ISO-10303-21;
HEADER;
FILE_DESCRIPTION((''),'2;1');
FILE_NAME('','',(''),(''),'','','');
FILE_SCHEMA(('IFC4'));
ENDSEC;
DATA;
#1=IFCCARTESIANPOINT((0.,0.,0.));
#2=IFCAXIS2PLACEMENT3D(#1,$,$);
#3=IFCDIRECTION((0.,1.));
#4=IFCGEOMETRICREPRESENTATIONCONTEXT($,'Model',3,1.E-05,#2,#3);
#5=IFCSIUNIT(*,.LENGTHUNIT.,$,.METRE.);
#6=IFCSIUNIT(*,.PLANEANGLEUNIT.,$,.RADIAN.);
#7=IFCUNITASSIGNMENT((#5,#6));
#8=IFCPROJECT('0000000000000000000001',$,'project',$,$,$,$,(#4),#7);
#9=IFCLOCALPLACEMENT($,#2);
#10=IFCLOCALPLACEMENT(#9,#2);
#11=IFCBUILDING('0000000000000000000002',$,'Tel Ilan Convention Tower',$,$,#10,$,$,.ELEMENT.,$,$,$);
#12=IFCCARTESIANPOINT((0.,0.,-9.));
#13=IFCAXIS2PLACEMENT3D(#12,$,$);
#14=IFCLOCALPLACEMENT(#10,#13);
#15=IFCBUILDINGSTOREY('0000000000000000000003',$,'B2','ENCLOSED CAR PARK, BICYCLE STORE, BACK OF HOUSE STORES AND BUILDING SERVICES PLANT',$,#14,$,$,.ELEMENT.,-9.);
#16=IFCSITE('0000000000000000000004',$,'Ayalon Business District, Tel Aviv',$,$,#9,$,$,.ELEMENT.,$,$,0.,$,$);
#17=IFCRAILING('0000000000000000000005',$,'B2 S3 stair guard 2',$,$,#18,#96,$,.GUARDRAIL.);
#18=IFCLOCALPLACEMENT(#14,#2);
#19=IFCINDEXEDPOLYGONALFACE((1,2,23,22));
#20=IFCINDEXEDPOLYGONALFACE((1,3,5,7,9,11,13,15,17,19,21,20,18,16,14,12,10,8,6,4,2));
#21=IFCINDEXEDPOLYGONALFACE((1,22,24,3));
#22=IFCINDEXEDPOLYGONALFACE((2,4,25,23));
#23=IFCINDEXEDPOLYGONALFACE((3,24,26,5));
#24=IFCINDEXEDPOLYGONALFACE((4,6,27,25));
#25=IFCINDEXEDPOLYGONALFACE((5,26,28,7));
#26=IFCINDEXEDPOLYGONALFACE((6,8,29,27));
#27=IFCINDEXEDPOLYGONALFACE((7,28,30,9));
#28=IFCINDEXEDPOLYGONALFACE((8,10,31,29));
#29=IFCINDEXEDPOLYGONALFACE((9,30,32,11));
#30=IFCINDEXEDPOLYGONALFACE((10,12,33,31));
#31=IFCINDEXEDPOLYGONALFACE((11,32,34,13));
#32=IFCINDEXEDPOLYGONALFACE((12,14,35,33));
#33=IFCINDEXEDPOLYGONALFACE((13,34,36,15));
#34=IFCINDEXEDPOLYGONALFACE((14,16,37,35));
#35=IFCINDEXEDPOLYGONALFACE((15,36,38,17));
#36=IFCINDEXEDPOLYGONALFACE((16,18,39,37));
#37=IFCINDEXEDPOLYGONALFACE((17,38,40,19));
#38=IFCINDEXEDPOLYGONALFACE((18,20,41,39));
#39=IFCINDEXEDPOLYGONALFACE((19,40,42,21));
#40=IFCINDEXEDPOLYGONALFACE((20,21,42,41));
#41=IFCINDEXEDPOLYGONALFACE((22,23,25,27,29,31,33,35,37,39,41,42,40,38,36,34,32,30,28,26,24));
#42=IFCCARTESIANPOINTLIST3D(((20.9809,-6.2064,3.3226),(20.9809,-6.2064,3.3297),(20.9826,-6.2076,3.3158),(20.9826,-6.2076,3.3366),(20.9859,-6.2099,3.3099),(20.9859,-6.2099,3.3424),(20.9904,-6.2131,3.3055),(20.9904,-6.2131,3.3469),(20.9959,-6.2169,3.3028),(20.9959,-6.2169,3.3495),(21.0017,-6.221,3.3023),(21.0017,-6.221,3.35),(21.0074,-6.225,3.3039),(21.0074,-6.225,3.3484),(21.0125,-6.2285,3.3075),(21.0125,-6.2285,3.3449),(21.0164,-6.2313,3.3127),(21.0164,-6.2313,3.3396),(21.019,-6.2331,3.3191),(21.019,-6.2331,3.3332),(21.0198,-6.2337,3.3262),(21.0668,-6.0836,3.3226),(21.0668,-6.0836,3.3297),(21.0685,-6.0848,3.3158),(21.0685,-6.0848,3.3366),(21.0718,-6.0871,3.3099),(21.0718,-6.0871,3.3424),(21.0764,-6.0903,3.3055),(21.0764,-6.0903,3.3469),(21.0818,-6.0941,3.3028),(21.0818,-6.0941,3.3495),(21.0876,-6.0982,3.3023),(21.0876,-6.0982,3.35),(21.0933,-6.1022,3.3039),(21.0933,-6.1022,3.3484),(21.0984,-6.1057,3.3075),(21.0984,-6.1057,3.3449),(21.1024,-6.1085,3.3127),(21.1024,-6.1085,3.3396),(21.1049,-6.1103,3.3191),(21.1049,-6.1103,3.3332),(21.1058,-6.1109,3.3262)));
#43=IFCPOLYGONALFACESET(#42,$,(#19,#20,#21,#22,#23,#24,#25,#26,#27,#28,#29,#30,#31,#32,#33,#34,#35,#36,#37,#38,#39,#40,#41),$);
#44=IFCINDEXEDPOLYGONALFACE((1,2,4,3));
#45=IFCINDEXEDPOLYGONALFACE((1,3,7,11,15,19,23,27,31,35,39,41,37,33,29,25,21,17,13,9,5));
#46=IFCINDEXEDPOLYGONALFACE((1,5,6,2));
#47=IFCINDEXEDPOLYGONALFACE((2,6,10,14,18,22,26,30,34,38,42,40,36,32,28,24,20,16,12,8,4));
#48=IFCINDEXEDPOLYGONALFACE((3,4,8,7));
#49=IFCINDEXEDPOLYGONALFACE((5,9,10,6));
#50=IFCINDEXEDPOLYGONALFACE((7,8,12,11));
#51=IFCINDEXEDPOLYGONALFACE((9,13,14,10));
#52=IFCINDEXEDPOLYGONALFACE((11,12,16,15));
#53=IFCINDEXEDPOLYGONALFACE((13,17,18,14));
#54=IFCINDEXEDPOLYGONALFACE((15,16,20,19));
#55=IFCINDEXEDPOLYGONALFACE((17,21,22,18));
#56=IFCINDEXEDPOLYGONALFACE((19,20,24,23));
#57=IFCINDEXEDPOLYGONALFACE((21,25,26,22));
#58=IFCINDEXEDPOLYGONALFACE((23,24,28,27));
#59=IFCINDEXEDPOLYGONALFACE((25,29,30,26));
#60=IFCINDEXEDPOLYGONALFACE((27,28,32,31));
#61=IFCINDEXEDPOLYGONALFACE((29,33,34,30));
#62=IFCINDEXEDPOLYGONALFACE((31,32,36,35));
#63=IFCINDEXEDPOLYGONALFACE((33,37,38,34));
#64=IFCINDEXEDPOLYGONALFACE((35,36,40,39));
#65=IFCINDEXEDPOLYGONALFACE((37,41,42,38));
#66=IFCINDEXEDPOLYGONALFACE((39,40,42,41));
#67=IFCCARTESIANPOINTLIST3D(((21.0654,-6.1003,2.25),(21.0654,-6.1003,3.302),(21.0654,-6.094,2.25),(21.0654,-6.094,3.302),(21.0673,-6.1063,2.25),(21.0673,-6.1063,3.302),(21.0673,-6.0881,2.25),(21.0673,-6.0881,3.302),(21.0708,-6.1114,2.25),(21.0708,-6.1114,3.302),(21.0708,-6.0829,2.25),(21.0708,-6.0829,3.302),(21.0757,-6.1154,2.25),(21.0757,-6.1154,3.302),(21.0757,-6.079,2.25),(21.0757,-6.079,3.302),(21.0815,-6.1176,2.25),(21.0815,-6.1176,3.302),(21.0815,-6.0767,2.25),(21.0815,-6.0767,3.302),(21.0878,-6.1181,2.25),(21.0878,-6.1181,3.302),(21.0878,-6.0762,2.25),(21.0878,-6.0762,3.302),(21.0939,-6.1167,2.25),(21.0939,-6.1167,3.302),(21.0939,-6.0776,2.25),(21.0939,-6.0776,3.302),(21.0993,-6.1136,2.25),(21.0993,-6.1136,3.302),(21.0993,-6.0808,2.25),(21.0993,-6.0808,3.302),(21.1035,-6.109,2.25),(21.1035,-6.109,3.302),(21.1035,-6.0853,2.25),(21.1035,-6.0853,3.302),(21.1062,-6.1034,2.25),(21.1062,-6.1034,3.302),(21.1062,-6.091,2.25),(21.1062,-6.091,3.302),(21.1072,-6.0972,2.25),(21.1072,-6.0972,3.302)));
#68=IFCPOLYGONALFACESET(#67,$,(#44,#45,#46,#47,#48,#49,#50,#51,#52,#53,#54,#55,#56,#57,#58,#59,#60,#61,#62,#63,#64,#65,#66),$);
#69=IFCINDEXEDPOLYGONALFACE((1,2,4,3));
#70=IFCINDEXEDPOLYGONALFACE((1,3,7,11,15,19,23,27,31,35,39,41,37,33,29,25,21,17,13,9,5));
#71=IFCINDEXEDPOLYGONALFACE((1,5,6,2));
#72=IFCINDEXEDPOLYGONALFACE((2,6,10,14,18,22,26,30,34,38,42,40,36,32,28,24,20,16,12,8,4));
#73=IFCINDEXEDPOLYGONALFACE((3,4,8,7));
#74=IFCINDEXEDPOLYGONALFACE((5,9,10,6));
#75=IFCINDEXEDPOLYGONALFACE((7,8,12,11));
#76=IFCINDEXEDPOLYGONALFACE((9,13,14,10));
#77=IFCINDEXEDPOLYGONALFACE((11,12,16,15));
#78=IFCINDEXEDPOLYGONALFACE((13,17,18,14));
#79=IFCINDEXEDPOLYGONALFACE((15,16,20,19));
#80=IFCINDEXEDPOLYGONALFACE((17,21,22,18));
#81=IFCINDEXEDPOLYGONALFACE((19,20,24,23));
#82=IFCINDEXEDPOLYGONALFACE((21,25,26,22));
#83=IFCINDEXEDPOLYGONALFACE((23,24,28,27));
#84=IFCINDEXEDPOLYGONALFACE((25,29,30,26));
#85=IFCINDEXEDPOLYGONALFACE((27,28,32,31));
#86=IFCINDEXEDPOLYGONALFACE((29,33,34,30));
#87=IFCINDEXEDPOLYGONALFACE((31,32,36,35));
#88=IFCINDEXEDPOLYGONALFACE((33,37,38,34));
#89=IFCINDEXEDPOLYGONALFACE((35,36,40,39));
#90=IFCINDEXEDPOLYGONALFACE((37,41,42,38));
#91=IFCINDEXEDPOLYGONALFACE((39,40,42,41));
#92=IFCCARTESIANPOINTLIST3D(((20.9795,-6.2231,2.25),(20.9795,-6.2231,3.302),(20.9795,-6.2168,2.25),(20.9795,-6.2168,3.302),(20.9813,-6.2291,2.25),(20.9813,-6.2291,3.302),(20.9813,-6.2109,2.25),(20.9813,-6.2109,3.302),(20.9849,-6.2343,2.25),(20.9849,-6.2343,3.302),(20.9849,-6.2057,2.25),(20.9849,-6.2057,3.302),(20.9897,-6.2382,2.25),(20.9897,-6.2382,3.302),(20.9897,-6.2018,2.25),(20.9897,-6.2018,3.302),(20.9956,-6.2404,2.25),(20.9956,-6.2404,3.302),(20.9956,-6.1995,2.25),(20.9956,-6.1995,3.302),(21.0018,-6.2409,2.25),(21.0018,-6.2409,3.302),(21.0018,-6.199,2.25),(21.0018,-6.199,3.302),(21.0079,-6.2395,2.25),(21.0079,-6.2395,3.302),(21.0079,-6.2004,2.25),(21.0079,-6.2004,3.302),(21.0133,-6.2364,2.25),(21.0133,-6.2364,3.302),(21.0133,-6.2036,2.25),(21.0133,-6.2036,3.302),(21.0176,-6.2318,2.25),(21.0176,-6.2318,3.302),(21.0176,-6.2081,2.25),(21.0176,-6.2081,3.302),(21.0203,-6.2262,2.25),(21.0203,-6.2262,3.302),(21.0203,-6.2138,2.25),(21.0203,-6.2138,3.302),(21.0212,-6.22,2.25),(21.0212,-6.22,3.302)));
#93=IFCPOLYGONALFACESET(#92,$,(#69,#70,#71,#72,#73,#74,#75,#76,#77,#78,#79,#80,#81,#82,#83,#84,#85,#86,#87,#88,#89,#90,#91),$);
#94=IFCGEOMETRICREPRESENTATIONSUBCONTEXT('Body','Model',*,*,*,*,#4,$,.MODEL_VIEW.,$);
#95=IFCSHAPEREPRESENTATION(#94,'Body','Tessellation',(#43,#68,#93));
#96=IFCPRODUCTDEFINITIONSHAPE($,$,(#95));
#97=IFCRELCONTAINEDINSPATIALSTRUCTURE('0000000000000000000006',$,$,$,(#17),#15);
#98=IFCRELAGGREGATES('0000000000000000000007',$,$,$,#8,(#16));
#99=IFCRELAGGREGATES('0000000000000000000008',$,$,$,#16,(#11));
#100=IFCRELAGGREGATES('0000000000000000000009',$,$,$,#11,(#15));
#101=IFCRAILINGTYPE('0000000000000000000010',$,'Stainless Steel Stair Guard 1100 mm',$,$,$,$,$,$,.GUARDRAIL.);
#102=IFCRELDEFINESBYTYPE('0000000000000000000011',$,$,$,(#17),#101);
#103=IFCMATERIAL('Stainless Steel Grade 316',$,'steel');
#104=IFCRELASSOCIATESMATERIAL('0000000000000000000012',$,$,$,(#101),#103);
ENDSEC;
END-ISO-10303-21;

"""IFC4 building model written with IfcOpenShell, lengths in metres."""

from ifc_helpers import new_model, si_unit, direction, frame, origin, origin_2d, place, context, subcontext, project, spatial, circle, extrude, material, type_object, element, save


model = new_model("IFC4")

# Units and contexts
model_context = context("Model", 3, precision=1e-05, world=origin(), true_north=direction((0.0, 1.0)))
body_context = subcontext(model_context, "Body", "Model", "MODEL_VIEW")
ifc_project = project(units=[si_unit("LENGTHUNIT", "METRE"), si_unit("PLANEANGLEUNIT", "RADIAN")], contexts=[model_context])

# Site, building, storey
site_placement = place(None, origin())
site = spatial("IfcSite", under=ifc_project, at=site_placement, Name="Ayalon Business District, Tel Aviv", CompositionType="ELEMENT", RefElevation=0.0)
building_placement = place(site_placement, origin())
building = spatial("IfcBuilding", under=site, at=building_placement, Name="Tel Ilan Convention Tower", CompositionType="ELEMENT")
storey_placement = place(building_placement, frame((0.0, 0.0, -9.0)))
storey = spatial("IfcBuildingStorey", under=building, at=storey_placement, Name="B2", Description="ENCLOSED CAR PARK, BICYCLE STORE, BACK OF HOUSE STORES AND BUILDING SERVICES PLANT", CompositionType="ELEMENT", Elevation=-9.0)

# Railing
ifc_material_1 = material(Name="Stainless Steel Grade 316", Category="steel")
railing_type_1 = type_object("IfcRailingType", Name="Stainless Steel Stair Guard 1100 mm", PredefinedType="GUARDRAIL", material=ifc_material_1)
railing_1_placement = place(storey_placement, frame((21.0862, -6.0972, 2.25)))
element("IfcRailing", 1, at=railing_1_placement, inside=storey, type_object=railing_type_1, Name="B2 S3 stair guard 2", PredefinedType="GUARDRAIL", context=body_context, shape_type="SweptSolid", body=[
    extrude(circle(Radius=0.0239, at=origin_2d()), frame((0.0, 0.0, 1.0762), z_axis=(-0.573353, -0.819308, 0.0), x_axis=(0.819308, -0.573353, 0.0)), (0.0, 0.0, 1.0), 0.1499),
    extrude(circle(Radius=0.021, at=origin_2d()), origin(), (0.0, 0.0, 1.0), 1.052),
    extrude(circle(Radius=0.021, at=origin_2d()), frame((-0.0859, -0.1228, 0.0)), (0.0, 0.0, 1.0), 1.052),
])

save(model, "model.ifc")
